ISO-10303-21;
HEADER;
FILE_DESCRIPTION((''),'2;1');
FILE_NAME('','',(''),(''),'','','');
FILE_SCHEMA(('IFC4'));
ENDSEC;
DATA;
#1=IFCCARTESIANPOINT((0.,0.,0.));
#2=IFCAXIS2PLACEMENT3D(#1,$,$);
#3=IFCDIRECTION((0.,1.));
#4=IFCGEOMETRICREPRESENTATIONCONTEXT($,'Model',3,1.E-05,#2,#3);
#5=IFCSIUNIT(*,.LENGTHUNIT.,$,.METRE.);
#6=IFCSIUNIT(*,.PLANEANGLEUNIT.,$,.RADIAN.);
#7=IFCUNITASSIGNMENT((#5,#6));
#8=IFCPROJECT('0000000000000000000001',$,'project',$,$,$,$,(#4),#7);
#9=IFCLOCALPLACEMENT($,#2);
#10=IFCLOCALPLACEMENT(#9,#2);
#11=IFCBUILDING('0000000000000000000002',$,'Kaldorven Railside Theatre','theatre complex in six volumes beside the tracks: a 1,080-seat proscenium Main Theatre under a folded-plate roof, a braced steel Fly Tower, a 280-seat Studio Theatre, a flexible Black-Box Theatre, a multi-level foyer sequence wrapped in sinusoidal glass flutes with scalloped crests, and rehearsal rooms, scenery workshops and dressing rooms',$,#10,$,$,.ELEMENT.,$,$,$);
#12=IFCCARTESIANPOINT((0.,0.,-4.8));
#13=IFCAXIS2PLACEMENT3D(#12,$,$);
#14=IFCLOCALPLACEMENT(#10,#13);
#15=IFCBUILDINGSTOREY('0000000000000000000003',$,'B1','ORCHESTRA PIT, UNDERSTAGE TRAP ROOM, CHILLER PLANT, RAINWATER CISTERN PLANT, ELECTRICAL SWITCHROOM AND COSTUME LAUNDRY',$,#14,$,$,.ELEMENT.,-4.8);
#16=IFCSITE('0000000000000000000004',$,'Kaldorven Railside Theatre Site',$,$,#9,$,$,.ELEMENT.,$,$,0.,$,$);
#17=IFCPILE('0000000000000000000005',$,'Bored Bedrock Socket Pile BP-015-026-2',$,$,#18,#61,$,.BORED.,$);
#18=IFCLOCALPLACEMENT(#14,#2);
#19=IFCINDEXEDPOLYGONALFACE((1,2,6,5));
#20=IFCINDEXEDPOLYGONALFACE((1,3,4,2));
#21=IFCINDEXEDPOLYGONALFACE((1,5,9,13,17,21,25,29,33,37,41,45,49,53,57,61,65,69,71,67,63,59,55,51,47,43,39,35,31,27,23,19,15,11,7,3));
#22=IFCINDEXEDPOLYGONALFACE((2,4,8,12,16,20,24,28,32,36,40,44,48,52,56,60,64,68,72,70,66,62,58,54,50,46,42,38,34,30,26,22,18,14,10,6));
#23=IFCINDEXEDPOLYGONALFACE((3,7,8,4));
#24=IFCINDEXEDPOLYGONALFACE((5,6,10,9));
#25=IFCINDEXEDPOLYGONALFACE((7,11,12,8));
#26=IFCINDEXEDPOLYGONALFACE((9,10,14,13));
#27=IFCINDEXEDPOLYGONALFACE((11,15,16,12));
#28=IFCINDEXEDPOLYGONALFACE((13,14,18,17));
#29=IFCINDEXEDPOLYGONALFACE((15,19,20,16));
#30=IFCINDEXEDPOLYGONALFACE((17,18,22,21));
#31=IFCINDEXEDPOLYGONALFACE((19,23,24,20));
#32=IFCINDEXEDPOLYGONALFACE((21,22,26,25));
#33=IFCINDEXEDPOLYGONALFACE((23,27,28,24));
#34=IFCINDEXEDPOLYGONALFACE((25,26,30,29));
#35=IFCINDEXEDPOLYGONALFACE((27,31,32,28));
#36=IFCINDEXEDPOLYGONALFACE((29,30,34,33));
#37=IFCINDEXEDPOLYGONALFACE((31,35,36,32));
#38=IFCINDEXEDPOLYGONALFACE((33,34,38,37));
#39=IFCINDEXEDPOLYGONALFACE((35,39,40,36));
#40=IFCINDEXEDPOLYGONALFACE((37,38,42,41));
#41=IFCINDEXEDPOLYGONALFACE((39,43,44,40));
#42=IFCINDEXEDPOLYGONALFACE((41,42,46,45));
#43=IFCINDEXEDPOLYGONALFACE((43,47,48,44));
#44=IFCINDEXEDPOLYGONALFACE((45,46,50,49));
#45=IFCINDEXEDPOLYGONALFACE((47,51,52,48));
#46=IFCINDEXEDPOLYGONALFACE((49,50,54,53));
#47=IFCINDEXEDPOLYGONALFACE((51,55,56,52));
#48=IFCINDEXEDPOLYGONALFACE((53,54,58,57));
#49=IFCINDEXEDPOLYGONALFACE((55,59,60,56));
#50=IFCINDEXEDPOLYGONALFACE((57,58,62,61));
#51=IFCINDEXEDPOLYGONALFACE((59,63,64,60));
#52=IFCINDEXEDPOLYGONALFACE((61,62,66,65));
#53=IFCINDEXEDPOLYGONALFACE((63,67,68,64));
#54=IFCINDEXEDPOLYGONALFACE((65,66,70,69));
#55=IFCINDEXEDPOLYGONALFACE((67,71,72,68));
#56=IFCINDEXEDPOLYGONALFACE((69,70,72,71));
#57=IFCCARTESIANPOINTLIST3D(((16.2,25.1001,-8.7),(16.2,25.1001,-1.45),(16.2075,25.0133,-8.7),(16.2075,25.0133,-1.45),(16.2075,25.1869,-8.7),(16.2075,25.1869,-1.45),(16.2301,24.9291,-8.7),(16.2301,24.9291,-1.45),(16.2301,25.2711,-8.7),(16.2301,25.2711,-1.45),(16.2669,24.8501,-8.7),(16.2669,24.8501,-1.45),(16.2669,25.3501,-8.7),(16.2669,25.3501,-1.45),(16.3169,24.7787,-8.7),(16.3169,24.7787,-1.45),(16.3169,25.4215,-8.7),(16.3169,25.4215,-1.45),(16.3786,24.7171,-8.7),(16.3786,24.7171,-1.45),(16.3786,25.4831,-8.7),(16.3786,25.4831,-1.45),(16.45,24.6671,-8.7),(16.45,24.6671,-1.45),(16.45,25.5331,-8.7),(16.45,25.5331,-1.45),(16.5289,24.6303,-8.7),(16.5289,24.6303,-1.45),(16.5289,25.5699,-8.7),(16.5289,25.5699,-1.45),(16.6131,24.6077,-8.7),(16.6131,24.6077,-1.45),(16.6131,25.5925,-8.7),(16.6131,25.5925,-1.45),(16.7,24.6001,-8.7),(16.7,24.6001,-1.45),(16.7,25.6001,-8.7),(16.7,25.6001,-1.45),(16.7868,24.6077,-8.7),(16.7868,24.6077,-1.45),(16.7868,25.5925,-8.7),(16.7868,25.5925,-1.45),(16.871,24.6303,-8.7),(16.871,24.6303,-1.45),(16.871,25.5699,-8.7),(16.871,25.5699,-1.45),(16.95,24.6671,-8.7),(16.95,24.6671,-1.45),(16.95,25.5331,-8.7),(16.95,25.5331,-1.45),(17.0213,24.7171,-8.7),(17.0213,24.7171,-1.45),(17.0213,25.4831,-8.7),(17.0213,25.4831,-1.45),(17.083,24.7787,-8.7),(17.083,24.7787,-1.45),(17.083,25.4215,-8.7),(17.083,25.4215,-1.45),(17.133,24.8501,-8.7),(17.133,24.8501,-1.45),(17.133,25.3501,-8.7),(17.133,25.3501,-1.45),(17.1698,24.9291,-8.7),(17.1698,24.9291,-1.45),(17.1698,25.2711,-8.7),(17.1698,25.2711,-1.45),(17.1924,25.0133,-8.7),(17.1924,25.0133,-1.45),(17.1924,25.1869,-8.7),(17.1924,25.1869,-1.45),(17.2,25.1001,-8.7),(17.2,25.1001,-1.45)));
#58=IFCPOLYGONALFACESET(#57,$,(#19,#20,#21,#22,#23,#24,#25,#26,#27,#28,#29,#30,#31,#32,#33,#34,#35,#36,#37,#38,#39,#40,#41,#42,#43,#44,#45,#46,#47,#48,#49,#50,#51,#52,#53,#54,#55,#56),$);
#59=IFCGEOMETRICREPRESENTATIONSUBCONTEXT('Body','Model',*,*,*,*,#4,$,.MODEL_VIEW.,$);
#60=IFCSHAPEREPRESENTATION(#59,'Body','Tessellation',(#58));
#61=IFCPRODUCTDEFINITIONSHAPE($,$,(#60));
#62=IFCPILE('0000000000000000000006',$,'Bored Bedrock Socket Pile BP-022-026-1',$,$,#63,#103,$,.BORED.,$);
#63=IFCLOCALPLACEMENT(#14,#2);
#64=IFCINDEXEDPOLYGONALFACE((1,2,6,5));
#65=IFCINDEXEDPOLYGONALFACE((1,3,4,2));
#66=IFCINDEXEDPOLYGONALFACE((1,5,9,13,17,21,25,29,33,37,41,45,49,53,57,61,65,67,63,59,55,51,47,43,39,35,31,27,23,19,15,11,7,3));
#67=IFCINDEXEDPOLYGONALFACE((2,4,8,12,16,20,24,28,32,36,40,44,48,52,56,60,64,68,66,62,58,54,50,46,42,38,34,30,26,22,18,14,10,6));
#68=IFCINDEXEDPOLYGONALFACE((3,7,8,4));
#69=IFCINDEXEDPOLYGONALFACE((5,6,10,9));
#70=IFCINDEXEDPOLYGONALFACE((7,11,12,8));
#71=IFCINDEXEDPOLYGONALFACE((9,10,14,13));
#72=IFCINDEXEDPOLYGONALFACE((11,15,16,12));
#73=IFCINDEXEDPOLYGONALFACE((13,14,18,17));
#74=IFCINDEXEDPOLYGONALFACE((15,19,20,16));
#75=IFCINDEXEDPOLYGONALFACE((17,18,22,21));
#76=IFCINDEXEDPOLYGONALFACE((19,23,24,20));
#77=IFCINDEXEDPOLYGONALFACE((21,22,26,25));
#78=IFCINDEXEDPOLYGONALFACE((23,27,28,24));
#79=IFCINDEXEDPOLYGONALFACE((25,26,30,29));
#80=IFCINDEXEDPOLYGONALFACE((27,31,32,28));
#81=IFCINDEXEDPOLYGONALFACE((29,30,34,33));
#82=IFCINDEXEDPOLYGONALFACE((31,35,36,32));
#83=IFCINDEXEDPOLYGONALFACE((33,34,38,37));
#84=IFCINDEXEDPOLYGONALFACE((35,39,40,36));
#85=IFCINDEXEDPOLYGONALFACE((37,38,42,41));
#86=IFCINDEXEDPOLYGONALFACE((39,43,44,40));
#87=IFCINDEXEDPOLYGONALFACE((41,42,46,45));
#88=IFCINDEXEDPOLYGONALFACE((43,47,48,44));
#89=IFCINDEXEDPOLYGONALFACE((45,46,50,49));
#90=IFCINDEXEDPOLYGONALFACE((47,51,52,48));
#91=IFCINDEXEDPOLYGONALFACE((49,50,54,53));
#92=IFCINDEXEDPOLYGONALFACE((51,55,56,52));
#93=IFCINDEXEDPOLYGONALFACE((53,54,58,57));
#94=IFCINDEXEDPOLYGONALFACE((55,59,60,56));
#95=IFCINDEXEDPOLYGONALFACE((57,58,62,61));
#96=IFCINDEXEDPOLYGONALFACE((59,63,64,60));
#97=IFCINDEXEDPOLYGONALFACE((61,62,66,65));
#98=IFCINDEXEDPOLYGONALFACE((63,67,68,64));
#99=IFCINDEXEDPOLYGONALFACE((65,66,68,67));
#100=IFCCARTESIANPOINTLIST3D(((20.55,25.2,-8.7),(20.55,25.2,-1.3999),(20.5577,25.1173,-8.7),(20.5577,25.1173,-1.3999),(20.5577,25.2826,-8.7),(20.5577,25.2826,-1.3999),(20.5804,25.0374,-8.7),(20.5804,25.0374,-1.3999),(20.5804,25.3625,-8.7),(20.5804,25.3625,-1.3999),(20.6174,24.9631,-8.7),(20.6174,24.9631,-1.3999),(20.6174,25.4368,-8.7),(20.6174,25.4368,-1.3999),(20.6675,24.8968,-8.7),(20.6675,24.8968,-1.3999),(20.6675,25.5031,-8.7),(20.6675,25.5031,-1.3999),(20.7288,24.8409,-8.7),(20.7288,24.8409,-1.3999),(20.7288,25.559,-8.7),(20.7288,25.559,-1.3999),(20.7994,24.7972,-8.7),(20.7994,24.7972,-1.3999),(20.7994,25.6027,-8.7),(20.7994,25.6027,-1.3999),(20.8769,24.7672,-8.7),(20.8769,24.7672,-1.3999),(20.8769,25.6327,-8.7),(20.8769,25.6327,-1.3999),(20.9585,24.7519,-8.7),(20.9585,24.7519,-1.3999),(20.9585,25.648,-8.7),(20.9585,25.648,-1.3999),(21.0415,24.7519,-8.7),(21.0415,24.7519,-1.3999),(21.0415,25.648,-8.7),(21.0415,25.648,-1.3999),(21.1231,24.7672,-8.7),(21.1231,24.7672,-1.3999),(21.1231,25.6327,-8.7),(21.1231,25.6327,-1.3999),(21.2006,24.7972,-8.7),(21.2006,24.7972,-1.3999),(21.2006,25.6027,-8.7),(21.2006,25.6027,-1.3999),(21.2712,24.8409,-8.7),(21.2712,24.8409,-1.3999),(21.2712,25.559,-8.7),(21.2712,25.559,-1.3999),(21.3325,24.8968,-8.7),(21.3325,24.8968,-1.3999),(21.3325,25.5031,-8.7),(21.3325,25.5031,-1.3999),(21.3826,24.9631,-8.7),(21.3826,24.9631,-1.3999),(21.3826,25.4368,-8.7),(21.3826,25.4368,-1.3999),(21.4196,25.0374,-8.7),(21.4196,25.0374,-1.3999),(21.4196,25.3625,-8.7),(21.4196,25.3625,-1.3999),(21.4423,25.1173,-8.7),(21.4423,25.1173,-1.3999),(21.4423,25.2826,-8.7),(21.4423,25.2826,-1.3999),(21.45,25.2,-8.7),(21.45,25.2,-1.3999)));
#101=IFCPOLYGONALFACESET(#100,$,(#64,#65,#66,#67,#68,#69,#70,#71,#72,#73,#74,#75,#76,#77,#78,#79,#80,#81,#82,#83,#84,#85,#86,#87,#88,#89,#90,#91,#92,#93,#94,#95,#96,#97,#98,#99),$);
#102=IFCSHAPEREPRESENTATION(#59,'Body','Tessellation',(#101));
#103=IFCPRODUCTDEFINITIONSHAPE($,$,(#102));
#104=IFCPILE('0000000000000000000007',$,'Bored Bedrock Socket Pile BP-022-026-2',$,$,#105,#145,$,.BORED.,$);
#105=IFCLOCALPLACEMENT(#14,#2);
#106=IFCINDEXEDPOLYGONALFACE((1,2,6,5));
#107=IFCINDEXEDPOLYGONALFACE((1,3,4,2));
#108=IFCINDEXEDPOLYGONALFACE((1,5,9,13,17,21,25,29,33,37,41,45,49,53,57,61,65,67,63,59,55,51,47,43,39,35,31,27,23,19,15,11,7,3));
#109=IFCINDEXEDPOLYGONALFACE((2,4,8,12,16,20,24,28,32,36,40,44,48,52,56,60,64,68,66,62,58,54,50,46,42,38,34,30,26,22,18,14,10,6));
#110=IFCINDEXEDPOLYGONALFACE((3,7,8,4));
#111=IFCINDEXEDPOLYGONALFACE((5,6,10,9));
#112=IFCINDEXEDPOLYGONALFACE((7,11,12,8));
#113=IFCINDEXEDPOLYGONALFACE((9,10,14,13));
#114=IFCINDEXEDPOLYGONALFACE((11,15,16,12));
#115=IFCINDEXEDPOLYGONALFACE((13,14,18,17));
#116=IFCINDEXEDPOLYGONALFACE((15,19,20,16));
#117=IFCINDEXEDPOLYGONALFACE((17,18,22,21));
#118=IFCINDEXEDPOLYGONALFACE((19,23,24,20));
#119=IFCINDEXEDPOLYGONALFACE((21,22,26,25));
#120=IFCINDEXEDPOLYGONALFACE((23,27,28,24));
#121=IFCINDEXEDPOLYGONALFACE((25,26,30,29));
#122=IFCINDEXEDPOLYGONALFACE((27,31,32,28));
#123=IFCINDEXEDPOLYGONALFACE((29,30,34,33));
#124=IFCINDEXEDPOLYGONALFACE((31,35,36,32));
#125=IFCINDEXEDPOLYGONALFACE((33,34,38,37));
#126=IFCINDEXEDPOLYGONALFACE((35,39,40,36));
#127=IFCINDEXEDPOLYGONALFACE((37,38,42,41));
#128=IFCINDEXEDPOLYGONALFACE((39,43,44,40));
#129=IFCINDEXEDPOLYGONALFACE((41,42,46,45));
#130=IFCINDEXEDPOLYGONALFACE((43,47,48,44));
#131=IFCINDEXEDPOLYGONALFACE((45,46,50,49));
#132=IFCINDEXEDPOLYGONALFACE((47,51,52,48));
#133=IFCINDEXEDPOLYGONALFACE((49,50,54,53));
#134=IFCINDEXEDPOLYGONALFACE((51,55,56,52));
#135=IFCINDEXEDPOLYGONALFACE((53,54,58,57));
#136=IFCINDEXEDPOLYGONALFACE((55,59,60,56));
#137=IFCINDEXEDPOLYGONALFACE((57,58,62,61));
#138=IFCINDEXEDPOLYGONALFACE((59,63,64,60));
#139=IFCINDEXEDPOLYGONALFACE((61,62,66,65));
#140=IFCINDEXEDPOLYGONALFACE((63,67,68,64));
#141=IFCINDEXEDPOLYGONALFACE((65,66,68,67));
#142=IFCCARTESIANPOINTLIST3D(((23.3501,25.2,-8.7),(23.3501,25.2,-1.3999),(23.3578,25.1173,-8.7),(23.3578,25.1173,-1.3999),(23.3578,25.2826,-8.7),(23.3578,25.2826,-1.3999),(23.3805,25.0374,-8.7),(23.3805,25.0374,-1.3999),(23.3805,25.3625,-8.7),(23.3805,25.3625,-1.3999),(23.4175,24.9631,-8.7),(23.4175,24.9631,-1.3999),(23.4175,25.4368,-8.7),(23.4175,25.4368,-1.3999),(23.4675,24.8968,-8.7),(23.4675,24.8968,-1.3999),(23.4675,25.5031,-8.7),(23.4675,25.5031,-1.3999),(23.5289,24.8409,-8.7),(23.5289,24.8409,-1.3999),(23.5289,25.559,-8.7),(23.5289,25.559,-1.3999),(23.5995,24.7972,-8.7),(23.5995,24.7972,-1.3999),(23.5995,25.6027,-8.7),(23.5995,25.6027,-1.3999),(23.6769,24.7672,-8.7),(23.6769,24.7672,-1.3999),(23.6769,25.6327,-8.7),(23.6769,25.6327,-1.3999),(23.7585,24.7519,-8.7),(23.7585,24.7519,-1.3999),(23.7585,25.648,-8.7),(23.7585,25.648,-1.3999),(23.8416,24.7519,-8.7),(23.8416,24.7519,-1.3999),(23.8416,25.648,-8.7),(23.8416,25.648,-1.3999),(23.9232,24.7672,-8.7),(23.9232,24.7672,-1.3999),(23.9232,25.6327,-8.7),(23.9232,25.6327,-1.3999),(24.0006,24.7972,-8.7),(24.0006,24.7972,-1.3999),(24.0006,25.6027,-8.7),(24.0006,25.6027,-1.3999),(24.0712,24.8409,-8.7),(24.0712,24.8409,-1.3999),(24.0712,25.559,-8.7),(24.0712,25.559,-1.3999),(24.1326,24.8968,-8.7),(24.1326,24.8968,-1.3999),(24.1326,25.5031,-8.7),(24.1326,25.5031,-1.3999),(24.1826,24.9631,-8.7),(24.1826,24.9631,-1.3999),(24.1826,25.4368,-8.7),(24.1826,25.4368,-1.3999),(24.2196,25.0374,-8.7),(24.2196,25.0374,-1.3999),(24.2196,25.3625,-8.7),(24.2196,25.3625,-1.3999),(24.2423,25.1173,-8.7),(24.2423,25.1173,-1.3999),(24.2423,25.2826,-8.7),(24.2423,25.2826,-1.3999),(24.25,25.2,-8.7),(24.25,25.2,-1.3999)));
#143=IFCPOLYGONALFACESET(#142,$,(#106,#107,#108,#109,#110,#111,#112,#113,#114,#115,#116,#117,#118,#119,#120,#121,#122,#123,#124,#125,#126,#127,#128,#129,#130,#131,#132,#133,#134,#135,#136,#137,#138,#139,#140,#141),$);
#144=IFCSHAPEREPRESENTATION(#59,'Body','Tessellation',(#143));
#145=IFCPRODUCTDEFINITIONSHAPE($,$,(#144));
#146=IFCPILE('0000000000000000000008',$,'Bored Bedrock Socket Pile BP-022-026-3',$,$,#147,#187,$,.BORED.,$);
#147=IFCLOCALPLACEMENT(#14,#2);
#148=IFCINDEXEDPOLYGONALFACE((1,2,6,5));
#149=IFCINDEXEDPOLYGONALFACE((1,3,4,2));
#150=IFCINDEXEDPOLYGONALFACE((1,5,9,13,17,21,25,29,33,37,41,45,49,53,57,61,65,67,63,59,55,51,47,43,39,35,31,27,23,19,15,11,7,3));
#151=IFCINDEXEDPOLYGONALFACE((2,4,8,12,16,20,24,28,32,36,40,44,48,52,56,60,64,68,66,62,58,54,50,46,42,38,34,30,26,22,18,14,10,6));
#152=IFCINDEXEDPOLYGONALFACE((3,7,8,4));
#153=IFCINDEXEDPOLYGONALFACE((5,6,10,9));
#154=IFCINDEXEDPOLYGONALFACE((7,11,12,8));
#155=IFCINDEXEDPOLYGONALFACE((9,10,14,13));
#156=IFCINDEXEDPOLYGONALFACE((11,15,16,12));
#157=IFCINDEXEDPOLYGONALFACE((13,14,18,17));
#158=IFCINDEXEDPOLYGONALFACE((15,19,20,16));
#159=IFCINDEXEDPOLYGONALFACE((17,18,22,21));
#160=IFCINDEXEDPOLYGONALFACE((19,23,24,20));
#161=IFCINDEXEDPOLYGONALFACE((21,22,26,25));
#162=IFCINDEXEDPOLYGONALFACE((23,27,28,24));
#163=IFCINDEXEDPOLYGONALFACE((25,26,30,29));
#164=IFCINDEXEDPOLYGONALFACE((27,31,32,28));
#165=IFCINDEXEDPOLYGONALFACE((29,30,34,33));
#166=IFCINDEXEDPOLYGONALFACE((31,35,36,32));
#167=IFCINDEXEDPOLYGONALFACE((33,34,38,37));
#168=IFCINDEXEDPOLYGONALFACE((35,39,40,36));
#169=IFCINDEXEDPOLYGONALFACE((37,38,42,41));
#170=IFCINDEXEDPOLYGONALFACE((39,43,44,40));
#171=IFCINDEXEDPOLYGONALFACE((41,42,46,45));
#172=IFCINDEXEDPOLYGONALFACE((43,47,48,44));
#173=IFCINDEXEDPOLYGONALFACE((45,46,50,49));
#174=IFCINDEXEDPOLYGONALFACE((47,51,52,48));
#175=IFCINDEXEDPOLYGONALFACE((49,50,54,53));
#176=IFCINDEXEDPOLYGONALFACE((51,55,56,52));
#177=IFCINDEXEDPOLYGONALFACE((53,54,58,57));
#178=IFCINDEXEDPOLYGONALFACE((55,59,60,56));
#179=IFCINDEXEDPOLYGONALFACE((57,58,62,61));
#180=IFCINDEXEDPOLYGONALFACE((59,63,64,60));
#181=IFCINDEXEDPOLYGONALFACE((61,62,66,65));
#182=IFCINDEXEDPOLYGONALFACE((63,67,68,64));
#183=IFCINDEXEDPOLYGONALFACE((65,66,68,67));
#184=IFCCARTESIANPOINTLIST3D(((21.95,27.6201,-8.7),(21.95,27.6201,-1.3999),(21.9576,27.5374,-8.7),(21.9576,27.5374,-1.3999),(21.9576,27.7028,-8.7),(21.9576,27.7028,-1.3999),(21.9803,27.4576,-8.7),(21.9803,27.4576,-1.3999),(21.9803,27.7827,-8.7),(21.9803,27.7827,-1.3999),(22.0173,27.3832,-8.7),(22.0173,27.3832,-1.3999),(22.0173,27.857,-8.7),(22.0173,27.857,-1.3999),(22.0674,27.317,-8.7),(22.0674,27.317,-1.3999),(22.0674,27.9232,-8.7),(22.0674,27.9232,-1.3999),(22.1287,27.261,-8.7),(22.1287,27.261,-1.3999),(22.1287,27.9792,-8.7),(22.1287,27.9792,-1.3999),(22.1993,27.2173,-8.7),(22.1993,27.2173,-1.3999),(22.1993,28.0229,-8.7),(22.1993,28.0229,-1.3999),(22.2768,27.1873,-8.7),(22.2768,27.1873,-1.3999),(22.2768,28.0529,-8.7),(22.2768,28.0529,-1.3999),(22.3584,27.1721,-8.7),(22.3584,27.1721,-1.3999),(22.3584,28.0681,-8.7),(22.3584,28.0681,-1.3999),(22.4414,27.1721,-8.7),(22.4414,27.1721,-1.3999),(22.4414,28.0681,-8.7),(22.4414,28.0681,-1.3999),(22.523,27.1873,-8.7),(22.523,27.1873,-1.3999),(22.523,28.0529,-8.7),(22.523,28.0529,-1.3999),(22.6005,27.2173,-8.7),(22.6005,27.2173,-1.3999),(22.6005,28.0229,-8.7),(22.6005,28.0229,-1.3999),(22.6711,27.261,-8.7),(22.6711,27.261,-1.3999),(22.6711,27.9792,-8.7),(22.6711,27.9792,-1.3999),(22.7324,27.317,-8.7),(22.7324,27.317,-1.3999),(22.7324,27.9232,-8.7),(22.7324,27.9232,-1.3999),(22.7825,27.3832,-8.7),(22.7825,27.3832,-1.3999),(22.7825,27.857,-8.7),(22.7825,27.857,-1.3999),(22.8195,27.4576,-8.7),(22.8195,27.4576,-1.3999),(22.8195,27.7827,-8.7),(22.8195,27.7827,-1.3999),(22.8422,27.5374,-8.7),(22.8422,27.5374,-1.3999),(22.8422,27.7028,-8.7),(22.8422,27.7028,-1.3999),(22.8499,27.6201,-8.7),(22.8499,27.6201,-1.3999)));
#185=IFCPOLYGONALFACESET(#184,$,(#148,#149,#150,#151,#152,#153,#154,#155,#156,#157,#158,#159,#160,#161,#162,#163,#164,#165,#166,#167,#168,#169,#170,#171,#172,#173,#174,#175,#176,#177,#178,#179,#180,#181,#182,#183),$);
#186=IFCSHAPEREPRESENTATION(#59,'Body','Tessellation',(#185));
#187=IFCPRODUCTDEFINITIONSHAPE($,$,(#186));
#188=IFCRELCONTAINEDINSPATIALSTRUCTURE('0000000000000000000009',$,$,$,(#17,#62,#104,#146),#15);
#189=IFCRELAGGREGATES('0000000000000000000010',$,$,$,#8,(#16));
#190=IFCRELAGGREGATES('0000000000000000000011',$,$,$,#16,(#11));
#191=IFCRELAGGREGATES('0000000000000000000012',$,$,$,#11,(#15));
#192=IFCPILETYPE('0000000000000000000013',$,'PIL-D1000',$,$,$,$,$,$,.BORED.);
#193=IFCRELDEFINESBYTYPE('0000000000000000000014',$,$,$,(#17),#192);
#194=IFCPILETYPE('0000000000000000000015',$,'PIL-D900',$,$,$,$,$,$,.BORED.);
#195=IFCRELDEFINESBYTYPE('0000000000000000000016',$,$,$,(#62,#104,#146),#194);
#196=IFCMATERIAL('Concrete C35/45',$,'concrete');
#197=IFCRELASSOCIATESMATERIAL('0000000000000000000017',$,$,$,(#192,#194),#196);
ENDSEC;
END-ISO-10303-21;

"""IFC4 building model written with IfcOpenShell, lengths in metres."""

from ifc_helpers import new_model, si_unit, direction, frame, origin, origin_2d, place, context, subcontext, project, spatial, circle, extrude, material, material_profile, profile_set, type_object, element, save


model = new_model("IFC4")

# Units and contexts
model_context = context("Model", 3, precision=1e-05, world=origin(), true_north=direction((0.0, 1.0)))
body_context = subcontext(model_context, "Body", "Model", "MODEL_VIEW")
ifc_project = project(units=[si_unit("LENGTHUNIT", "METRE"), si_unit("PLANEANGLEUNIT", "RADIAN")], contexts=[model_context])

# Site, building, storey
site_placement = place(None, origin())
site = spatial("IfcSite", under=ifc_project, at=site_placement, Name="Kaldorven Railside Theatre Site", CompositionType="ELEMENT", RefElevation=0.0)
building_placement = place(site_placement, origin())
building = spatial("IfcBuilding", under=site, at=building_placement, Name="Kaldorven Railside Theatre", Description="theatre complex in six volumes beside the tracks: a 1,080-seat proscenium Main Theatre under a folded-plate roof, a braced steel Fly Tower, a 280-seat Studio Theatre, a flexible Black-Box Theatre, a multi-level foyer sequence wrapped in sinusoidal glass flutes with scalloped crests, and rehearsal rooms, scenery workshops and dressing rooms", CompositionType="ELEMENT")
storey_placement = place(building_placement, frame((0.0, 0.0, -4.8)))
storey = spatial("IfcBuildingStorey", under=building, at=storey_placement, Name="B1", Description="ORCHESTRA PIT, UNDERSTAGE TRAP ROOM, CHILLER PLANT, RAINWATER CISTERN PLANT, ELECTRICAL SWITCHROOM AND COSTUME LAUNDRY", CompositionType="ELEMENT", Elevation=-4.8)

# Piles
ifc_material_1 = material(Name="Concrete C35/45", Category="concrete")
ifc_material_profile_1 = material_profile(ifc_material_1, circle(Radius=0.5, at=origin_2d()), Name="BP D1000")
ifc_profile_set_1 = profile_set([ifc_material_profile_1], Name="Concrete C35/45")
pile_type_1 = type_object("IfcPileType", Name="PIL-D1000", PredefinedType="BORED", material=ifc_profile_set_1)
pile_1_placement = place(storey_placement, frame((16.7, 25.1001, -1.45), z_axis=(0.0, 0.0, -1.0), x_axis=(1.0, 0.0, 0.0)))
element("IfcPile", 1, at=pile_1_placement, inside=storey, type_object=pile_type_1, Name="Bored Bedrock Socket Pile BP-015-026-2", PredefinedType="BORED", context=body_context, shape_type="SweptSolid", body=[
    extrude(circle(Radius=0.5, at=origin_2d()), origin(), (0.0, 0.0, 1.0), 7.25),
])
ifc_material_profile_2 = material_profile(ifc_material_1, circle(Radius=0.45, at=origin_2d()), Name="BP D900")
ifc_profile_set_2 = profile_set([ifc_material_profile_2], Name="Concrete C35/45")
pile_type_2 = type_object("IfcPileType", Name="PIL-D900", PredefinedType="BORED", material=ifc_profile_set_2)
for number, where, z_axis, x_axis, name in (
    (2, (21.0, 25.2, -1.3999), (0.0, 0.0, -1.0), (1.0, 0.0, 0.0), "Bored Bedrock Socket Pile BP-022-026-1"),
    (3, (23.8, 25.2, -1.3999), (0.0, 0.0, -1.0), (1.0, 0.0, 0.0), "Bored Bedrock Socket Pile BP-022-026-2"),
    (4, (22.3999, 27.6201, -1.3999), (0.0, 0.0, -1.0), (1.0, 0.0, 0.0), "Bored Bedrock Socket Pile BP-022-026-3"),
):
    element("IfcPile", number, at=place(storey_placement, frame(where, z_axis=z_axis, x_axis=x_axis)), inside=storey, type_object=pile_type_2, Name=name, PredefinedType="BORED", context=body_context, shape_type="SweptSolid", body=[
        extrude(circle(Radius=0.45, at=origin_2d()), origin(), (0.0, 0.0, 1.0), 7.3),
    ])

save(model, "model.ifc")
